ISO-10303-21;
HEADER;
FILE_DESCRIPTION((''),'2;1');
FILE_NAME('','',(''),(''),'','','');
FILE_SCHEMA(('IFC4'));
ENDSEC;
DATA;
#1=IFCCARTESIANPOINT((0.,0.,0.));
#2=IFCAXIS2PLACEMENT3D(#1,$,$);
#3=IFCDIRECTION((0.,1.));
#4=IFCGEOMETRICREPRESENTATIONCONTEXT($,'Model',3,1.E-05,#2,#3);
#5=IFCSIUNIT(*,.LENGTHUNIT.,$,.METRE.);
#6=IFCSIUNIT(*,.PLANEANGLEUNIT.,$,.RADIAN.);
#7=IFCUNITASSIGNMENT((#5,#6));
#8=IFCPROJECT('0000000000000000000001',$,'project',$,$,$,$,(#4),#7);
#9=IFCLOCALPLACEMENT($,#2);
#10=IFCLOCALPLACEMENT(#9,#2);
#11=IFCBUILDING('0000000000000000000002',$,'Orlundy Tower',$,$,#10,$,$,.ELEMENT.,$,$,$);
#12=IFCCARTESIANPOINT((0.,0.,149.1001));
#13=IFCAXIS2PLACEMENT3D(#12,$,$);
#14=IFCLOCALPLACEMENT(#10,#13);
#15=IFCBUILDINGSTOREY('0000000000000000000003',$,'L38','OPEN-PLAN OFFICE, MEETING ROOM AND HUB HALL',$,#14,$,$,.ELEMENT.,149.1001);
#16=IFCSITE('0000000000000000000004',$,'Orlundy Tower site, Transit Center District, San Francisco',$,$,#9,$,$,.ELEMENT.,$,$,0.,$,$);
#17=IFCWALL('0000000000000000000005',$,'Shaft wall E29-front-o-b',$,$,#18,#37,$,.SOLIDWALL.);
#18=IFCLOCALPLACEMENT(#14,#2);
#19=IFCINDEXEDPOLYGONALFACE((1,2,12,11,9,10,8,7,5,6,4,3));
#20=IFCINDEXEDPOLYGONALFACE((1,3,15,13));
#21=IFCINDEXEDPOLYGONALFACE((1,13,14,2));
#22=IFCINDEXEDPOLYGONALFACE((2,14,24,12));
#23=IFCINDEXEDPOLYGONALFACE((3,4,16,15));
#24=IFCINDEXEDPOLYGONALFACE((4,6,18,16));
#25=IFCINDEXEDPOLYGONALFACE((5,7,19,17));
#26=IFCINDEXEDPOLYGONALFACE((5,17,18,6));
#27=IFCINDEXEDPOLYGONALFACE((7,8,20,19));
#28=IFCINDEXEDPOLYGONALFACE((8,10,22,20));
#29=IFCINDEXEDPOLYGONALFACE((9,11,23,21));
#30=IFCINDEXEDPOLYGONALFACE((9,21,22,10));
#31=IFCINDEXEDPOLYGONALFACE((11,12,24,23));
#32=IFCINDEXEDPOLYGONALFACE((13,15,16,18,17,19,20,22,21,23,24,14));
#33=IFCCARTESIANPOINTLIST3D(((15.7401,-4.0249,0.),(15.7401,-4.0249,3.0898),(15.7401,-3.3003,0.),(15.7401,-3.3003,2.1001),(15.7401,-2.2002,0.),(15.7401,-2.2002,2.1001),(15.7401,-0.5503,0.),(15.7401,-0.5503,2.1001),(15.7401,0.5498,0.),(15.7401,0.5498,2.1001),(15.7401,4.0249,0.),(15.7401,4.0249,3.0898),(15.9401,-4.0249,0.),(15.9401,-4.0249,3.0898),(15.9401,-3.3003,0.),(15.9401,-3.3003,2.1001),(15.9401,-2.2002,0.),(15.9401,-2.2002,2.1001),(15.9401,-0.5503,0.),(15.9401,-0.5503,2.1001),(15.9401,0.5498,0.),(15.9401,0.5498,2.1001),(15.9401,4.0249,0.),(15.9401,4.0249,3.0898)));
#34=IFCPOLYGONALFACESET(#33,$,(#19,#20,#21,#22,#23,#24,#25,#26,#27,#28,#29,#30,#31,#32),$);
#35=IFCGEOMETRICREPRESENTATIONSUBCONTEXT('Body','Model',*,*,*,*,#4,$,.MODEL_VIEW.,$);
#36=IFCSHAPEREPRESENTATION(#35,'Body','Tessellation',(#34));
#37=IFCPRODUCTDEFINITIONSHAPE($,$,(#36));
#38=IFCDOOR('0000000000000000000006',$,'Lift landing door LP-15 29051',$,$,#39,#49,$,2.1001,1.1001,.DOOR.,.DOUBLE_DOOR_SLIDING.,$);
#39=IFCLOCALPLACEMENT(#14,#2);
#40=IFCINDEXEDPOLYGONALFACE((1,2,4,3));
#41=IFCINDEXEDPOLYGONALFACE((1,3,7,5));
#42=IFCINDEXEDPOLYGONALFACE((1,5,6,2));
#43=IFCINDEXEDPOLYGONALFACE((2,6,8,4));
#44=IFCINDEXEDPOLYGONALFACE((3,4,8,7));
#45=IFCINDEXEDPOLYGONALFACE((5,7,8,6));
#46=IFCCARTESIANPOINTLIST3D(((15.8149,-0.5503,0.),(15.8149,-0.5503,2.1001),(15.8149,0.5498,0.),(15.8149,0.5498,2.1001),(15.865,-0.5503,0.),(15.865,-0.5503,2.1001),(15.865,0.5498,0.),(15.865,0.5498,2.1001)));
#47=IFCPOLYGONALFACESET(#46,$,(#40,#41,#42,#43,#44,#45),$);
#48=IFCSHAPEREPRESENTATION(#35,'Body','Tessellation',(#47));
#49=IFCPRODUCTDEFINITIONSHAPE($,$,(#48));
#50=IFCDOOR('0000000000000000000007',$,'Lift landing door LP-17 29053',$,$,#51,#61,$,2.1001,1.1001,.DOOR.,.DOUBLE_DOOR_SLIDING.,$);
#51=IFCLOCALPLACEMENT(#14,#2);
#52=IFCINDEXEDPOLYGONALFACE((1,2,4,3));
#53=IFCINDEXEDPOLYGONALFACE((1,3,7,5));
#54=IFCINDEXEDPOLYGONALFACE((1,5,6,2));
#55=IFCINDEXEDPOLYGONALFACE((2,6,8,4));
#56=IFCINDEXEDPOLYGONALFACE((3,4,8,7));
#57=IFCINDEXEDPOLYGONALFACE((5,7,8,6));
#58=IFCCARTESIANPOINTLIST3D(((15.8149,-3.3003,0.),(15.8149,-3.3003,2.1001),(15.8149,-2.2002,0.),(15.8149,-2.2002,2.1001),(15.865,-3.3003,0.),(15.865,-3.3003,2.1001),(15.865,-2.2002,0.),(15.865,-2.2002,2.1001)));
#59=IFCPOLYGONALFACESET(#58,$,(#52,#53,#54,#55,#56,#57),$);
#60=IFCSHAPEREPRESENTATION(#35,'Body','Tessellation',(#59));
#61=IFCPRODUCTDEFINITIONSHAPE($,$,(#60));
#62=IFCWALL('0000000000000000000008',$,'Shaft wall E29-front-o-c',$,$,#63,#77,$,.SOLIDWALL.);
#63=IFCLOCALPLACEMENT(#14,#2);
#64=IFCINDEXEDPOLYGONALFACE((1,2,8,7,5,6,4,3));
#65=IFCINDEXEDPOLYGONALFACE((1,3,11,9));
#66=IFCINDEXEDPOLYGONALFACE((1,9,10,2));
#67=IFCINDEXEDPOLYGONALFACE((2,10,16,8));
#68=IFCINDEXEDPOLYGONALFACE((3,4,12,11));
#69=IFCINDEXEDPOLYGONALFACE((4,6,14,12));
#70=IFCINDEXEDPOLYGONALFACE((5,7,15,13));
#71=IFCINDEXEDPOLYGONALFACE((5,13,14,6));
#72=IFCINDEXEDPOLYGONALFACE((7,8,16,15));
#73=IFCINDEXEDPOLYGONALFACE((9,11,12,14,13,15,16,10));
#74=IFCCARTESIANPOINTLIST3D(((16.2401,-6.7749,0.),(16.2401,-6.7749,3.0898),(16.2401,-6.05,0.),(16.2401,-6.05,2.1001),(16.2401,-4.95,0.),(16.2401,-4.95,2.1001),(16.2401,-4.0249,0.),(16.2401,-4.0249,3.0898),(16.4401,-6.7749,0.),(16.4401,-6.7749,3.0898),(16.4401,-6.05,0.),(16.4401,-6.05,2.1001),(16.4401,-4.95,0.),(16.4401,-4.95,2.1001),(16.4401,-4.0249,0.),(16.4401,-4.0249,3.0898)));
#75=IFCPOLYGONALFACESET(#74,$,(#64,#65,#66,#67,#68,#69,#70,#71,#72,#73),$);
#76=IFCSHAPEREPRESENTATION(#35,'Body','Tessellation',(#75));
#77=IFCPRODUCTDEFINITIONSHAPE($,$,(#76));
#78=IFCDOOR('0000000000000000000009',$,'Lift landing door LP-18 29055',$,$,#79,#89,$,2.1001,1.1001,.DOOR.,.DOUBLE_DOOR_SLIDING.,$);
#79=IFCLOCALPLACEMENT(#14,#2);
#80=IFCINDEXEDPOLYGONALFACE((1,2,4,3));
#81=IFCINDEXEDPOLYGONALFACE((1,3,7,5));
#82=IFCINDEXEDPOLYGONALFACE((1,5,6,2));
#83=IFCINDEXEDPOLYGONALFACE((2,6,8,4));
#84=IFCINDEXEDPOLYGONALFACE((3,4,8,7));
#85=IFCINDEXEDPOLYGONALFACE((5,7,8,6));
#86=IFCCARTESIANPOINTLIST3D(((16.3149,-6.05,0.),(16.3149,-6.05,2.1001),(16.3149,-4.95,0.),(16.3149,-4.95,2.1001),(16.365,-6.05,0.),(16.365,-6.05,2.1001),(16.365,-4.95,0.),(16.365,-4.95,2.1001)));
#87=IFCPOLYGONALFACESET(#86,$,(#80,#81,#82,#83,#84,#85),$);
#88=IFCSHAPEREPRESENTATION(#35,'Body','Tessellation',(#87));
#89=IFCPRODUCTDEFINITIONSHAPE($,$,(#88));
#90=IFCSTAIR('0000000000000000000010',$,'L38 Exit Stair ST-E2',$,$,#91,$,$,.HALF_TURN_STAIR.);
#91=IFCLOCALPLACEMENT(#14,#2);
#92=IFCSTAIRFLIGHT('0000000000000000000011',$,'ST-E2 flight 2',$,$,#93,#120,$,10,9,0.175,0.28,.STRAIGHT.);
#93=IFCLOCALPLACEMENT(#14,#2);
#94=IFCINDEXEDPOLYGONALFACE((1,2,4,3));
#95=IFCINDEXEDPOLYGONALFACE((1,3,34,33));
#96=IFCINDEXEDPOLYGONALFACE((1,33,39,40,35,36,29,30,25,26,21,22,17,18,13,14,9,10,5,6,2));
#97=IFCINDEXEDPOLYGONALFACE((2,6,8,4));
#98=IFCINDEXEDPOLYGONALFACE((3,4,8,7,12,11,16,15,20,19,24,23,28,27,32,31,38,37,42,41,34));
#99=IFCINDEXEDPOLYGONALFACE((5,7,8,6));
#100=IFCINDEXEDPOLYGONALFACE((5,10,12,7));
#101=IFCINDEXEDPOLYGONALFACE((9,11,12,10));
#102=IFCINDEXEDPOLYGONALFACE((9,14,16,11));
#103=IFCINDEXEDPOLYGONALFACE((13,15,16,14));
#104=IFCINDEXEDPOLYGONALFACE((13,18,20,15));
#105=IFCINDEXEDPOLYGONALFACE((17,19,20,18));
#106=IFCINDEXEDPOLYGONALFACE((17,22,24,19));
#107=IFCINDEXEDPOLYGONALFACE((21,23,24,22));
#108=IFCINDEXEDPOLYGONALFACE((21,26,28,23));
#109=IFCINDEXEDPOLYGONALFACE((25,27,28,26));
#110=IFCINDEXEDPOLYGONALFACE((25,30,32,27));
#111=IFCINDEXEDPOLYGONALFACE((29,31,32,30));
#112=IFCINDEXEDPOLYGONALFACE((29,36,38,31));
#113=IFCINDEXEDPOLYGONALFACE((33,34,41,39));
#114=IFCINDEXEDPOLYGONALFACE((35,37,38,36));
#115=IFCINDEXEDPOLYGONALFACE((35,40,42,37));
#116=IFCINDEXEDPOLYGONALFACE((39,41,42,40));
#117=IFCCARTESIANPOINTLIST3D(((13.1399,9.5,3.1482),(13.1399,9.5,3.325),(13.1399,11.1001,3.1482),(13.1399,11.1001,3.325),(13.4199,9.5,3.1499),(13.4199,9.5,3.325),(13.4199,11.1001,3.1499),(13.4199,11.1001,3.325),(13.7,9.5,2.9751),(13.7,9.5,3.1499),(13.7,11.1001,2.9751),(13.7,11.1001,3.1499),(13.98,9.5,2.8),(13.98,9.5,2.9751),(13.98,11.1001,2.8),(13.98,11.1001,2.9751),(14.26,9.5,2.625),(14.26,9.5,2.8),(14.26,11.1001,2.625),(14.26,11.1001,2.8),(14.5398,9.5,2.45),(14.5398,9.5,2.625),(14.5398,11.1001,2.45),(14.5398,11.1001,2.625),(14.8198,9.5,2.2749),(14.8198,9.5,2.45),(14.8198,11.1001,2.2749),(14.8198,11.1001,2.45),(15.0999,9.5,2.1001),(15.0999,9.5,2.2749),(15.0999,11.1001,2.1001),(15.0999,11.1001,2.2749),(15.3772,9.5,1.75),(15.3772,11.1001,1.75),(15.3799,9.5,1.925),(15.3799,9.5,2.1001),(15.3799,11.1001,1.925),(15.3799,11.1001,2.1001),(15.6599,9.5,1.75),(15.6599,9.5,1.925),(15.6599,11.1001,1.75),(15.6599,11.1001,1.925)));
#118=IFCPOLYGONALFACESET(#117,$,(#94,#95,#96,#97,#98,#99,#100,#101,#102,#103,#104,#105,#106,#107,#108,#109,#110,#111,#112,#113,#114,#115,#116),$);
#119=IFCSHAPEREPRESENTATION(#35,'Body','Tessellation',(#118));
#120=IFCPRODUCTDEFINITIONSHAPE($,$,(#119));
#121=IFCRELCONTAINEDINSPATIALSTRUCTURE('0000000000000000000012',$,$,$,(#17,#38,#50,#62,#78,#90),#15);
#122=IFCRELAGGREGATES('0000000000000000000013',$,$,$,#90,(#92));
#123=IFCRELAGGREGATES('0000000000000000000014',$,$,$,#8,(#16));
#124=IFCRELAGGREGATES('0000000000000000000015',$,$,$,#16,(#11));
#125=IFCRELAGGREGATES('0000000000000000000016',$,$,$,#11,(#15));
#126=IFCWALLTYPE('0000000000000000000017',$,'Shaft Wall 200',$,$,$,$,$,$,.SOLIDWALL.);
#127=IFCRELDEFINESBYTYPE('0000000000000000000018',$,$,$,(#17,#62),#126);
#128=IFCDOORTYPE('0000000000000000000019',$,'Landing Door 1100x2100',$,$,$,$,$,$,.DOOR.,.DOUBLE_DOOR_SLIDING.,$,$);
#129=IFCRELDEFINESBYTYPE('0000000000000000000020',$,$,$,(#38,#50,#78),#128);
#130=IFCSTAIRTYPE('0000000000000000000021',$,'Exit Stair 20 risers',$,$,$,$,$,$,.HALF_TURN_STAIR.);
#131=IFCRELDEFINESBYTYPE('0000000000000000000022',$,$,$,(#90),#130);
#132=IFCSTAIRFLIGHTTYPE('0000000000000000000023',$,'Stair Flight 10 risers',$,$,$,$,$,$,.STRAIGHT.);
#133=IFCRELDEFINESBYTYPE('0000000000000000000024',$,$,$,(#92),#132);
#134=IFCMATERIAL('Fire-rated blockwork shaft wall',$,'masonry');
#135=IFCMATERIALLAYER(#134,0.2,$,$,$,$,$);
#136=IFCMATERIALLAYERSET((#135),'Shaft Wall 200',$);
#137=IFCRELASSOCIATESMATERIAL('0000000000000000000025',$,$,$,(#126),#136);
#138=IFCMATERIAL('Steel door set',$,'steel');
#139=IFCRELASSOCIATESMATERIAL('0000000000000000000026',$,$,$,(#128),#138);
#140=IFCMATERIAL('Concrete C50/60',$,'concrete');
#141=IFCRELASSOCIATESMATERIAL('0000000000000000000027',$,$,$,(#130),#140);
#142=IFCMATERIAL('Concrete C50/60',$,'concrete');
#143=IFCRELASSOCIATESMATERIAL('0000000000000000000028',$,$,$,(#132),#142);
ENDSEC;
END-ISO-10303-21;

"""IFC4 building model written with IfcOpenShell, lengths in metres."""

from ifc_helpers import new_model, si_unit, direction, frame, frame_2d, origin, place, context, subcontext, project, spatial, polyline, rectangle, outline, extrude, material, layer, layer_set, type_object, element, fill, aggregate, save


model = new_model("IFC4")

# Units and contexts
model_context = context("Model", 3, precision=1e-05, world=origin(), true_north=direction((0.0, 1.0)))
body_context = subcontext(model_context, "Body", "Model", "MODEL_VIEW")
ifc_project = project(units=[si_unit("LENGTHUNIT", "METRE"), si_unit("PLANEANGLEUNIT", "RADIAN")], contexts=[model_context])

# Site, building, storey
site_placement = place(None, origin())
site = spatial("IfcSite", under=ifc_project, at=site_placement, Name="Orlundy Tower site, Transit Center District, San Francisco", CompositionType="ELEMENT", RefElevation=0.0)
building_placement = place(site_placement, origin())
building = spatial("IfcBuilding", under=site, at=building_placement, Name="Orlundy Tower", CompositionType="ELEMENT")
storey_placement = place(building_placement, frame((0.0, 0.0, 149.1001)))
storey = spatial("IfcBuildingStorey", under=building, at=storey_placement, Name="L38", Description="OPEN-PLAN OFFICE, MEETING ROOM AND HUB HALL", CompositionType="ELEMENT", Elevation=149.1001)

# Shared definitions
ifc_material_1 = material(Name="Fire-rated blockwork shaft wall", Category="masonry")
ifc_layer_1 = layer(ifc_material_1, 0.2)
ifc_layer_set_1 = layer_set([ifc_layer_1], Name="Shaft Wall 200")
wall_type_1 = type_object("IfcWallType", Name="Shaft Wall 200", PredefinedType="SOLIDWALL", material=ifc_layer_set_1)

# Shared definitions
ifc_material_2 = material(Name="Steel door set", Category="steel")
door_type_1 = type_object("IfcDoorType", Name="Landing Door 1100x2100", OperationType="DOUBLE_DOOR_SLIDING", PredefinedType="DOOR", material=ifc_material_2)

# Wall, openings, doors
wall_1_placement = place(storey_placement, frame((15.8401, 4.0249, 0.0), z_axis=(0.0, 0.0, 1.0), x_axis=(0.0, -1.0, 0.0)))
wall_1 = element("IfcWall", 1, at=wall_1_placement, inside=storey, type_object=wall_type_1, Name="Shaft wall E29-front-o-b", PredefinedType="SOLIDWALL", context=body_context, shape_type="SweptSolid", body=[
    extrude(rectangle(XDim=8.0498, YDim=0.2, at=frame_2d((4.0249, 0.0))), origin(), (0.0, 0.0, 1.0), 3.0898),
])
opening_1_placement = place(wall_1_placement, frame((3.4751, 0.0, 0.0)))
opening_1 = element("IfcOpeningElement", 2, at=opening_1_placement, cuts=wall_1, PredefinedType="OPENING", context=body_context, shape_type="SweptSolid", body=[
    extrude(rectangle(XDim=1.1001, YDim=2.1001, at=frame_2d((0.55, 1.05))), frame((0.0, 0.1101, 0.0), z_axis=(0.0, -1.0, 0.0), x_axis=(1.0, 0.0, 0.0)), (0.0, 0.0, 1.0), 0.2202),
])
opening_2_placement = place(wall_1_placement, frame((6.2251, 0.0, 0.0)))
opening_2 = element("IfcOpeningElement", 3, at=opening_2_placement, cuts=wall_1, PredefinedType="OPENING", context=body_context, shape_type="SweptSolid", body=[
    extrude(rectangle(XDim=1.1001, YDim=2.1001, at=frame_2d((0.55, 1.05))), frame((0.0, 0.1101, 0.0), z_axis=(0.0, -1.0, 0.0), x_axis=(1.0, 0.0, 0.0)), (0.0, 0.0, 1.0), 0.2202),
])
door_1_placement = place(opening_1_placement, origin())
door_1 = element("IfcDoor", 4, at=door_1_placement, inside=storey, type_object=door_type_1, Name="Lift landing door LP-15 29051", OperationType="DOUBLE_DOOR_SLIDING", OverallHeight=2.1001, OverallWidth=1.1001, PredefinedType="DOOR", context=body_context, shape_type="SweptSolid", body=[
    extrude(rectangle(XDim=1.1001, YDim=2.1001, at=frame_2d((0.55, 1.05))), frame((0.0, 0.0249, 0.0), z_axis=(0.0, -1.0, 0.0), x_axis=(1.0, 0.0, 0.0)), (0.0, 0.0, 1.0), 0.05),
])
fill(opening_1, door_1)
door_2_placement = place(opening_2_placement, origin())
door_2 = element("IfcDoor", 5, at=door_2_placement, inside=storey, type_object=door_type_1, Name="Lift landing door LP-17 29053", OperationType="DOUBLE_DOOR_SLIDING", OverallHeight=2.1001, OverallWidth=1.1001, PredefinedType="DOOR", context=body_context, shape_type="SweptSolid", body=[
    extrude(rectangle(XDim=1.1001, YDim=2.1001, at=frame_2d((0.55, 1.05))), frame((0.0, 0.0249, 0.0), z_axis=(0.0, -1.0, 0.0), x_axis=(1.0, 0.0, 0.0)), (0.0, 0.0, 1.0), 0.05),
])
fill(opening_2, door_2)

# Wall, opening, door
wall_2_placement = place(storey_placement, frame((16.3401, -4.0249, 0.0), z_axis=(0.0, 0.0, 1.0), x_axis=(0.0, -1.0, 0.0)))
wall_2 = element("IfcWall", 6, at=wall_2_placement, inside=storey, type_object=wall_type_1, Name="Shaft wall E29-front-o-c", PredefinedType="SOLIDWALL", context=body_context, shape_type="SweptSolid", body=[
    extrude(rectangle(XDim=2.75, YDim=0.2, at=frame_2d((1.375, 0.0))), origin(), (0.0, 0.0, 1.0), 3.0898),
])
opening_3_placement = place(wall_2_placement, frame((0.925, 0.0, 0.0)))
opening_3 = element("IfcOpeningElement", 7, at=opening_3_placement, cuts=wall_2, PredefinedType="OPENING", context=body_context, shape_type="SweptSolid", body=[
    extrude(rectangle(XDim=1.1001, YDim=2.1001, at=frame_2d((0.55, 1.05))), frame((0.0, 0.1101, 0.0), z_axis=(0.0, -1.0, 0.0), x_axis=(1.0, 0.0, 0.0)), (0.0, 0.0, 1.0), 0.2202),
])
door_3_placement = place(opening_3_placement, origin())
door_3 = element("IfcDoor", 8, at=door_3_placement, inside=storey, type_object=door_type_1, Name="Lift landing door LP-18 29055", OperationType="DOUBLE_DOOR_SLIDING", OverallHeight=2.1001, OverallWidth=1.1001, PredefinedType="DOOR", context=body_context, shape_type="SweptSolid", body=[
    extrude(rectangle(XDim=1.1001, YDim=2.1001, at=frame_2d((0.55, 1.05))), frame((0.0, 0.0249, 0.0), z_axis=(0.0, -1.0, 0.0), x_axis=(1.0, 0.0, 0.0)), (0.0, 0.0, 1.0), 0.05),
])
fill(opening_3, door_3)

# Stair, stair flight
ifc_material_3 = material(Name="Concrete C50/60", Category="concrete")
stair_type = type_object("IfcStairType", Name="Exit Stair 20 risers", PredefinedType="HALF_TURN_STAIR", material=ifc_material_3)
stair_placement = place(storey_placement, origin())
stair = element("IfcStair", 9, at=stair_placement, inside=storey, type_object=stair_type, Name="L38 Exit Stair ST-E2", PredefinedType="HALF_TURN_STAIR")
ifc_material_4 = material(Name="Concrete C50/60", Category="concrete")
stair_flight_type = type_object("IfcStairFlightType", Name="Stair Flight 10 risers", PredefinedType="STRAIGHT", material=ifc_material_4)
stair_flight_placement = place(storey_placement, frame((15.6599, 10.3, 1.75), z_axis=(0.0, 0.0, 1.0), x_axis=(-1.0, 0.0, 0.0)))
stair_flight = element("IfcStairFlight", 10, at=stair_flight_placement, type_object=stair_flight_type, Name="ST-E2 flight 2", NumberOfRisers=10, NumberOfTreads=9, PredefinedType="STRAIGHT", RiserHeight=0.175, TreadLength=0.28, context=body_context, shape_type="SweptSolid", body=[
    extrude(outline(polyline([(0.0, 0.0), (0.0, 0.175), (0.28, 0.175), (0.28, 0.3501), (0.5601, 0.3501), (0.5601, 0.5249), (0.8401, 0.5249), (0.8401, 0.7), (1.1201, 0.7), (1.1201, 0.875), (1.3999, 0.875), (1.3999, 1.05), (1.6799, 1.05), (1.6799, 1.2251), (1.96, 1.2251), (1.96, 1.3999), (2.24, 1.3999), (2.24, 1.575), (2.52, 1.575), (2.52, 1.75), (2.52, 1.3982), (0.2827, 0.0), (0.0, 0.0)])), frame((0.0, 0.8, 0.0), z_axis=(0.0, -1.0, 0.0), x_axis=(1.0, 0.0, 0.0)), (0.0, 0.0, 1.0), 1.6001),
])
aggregate(stair, [stair_flight])

save(model, "model.ifc")
